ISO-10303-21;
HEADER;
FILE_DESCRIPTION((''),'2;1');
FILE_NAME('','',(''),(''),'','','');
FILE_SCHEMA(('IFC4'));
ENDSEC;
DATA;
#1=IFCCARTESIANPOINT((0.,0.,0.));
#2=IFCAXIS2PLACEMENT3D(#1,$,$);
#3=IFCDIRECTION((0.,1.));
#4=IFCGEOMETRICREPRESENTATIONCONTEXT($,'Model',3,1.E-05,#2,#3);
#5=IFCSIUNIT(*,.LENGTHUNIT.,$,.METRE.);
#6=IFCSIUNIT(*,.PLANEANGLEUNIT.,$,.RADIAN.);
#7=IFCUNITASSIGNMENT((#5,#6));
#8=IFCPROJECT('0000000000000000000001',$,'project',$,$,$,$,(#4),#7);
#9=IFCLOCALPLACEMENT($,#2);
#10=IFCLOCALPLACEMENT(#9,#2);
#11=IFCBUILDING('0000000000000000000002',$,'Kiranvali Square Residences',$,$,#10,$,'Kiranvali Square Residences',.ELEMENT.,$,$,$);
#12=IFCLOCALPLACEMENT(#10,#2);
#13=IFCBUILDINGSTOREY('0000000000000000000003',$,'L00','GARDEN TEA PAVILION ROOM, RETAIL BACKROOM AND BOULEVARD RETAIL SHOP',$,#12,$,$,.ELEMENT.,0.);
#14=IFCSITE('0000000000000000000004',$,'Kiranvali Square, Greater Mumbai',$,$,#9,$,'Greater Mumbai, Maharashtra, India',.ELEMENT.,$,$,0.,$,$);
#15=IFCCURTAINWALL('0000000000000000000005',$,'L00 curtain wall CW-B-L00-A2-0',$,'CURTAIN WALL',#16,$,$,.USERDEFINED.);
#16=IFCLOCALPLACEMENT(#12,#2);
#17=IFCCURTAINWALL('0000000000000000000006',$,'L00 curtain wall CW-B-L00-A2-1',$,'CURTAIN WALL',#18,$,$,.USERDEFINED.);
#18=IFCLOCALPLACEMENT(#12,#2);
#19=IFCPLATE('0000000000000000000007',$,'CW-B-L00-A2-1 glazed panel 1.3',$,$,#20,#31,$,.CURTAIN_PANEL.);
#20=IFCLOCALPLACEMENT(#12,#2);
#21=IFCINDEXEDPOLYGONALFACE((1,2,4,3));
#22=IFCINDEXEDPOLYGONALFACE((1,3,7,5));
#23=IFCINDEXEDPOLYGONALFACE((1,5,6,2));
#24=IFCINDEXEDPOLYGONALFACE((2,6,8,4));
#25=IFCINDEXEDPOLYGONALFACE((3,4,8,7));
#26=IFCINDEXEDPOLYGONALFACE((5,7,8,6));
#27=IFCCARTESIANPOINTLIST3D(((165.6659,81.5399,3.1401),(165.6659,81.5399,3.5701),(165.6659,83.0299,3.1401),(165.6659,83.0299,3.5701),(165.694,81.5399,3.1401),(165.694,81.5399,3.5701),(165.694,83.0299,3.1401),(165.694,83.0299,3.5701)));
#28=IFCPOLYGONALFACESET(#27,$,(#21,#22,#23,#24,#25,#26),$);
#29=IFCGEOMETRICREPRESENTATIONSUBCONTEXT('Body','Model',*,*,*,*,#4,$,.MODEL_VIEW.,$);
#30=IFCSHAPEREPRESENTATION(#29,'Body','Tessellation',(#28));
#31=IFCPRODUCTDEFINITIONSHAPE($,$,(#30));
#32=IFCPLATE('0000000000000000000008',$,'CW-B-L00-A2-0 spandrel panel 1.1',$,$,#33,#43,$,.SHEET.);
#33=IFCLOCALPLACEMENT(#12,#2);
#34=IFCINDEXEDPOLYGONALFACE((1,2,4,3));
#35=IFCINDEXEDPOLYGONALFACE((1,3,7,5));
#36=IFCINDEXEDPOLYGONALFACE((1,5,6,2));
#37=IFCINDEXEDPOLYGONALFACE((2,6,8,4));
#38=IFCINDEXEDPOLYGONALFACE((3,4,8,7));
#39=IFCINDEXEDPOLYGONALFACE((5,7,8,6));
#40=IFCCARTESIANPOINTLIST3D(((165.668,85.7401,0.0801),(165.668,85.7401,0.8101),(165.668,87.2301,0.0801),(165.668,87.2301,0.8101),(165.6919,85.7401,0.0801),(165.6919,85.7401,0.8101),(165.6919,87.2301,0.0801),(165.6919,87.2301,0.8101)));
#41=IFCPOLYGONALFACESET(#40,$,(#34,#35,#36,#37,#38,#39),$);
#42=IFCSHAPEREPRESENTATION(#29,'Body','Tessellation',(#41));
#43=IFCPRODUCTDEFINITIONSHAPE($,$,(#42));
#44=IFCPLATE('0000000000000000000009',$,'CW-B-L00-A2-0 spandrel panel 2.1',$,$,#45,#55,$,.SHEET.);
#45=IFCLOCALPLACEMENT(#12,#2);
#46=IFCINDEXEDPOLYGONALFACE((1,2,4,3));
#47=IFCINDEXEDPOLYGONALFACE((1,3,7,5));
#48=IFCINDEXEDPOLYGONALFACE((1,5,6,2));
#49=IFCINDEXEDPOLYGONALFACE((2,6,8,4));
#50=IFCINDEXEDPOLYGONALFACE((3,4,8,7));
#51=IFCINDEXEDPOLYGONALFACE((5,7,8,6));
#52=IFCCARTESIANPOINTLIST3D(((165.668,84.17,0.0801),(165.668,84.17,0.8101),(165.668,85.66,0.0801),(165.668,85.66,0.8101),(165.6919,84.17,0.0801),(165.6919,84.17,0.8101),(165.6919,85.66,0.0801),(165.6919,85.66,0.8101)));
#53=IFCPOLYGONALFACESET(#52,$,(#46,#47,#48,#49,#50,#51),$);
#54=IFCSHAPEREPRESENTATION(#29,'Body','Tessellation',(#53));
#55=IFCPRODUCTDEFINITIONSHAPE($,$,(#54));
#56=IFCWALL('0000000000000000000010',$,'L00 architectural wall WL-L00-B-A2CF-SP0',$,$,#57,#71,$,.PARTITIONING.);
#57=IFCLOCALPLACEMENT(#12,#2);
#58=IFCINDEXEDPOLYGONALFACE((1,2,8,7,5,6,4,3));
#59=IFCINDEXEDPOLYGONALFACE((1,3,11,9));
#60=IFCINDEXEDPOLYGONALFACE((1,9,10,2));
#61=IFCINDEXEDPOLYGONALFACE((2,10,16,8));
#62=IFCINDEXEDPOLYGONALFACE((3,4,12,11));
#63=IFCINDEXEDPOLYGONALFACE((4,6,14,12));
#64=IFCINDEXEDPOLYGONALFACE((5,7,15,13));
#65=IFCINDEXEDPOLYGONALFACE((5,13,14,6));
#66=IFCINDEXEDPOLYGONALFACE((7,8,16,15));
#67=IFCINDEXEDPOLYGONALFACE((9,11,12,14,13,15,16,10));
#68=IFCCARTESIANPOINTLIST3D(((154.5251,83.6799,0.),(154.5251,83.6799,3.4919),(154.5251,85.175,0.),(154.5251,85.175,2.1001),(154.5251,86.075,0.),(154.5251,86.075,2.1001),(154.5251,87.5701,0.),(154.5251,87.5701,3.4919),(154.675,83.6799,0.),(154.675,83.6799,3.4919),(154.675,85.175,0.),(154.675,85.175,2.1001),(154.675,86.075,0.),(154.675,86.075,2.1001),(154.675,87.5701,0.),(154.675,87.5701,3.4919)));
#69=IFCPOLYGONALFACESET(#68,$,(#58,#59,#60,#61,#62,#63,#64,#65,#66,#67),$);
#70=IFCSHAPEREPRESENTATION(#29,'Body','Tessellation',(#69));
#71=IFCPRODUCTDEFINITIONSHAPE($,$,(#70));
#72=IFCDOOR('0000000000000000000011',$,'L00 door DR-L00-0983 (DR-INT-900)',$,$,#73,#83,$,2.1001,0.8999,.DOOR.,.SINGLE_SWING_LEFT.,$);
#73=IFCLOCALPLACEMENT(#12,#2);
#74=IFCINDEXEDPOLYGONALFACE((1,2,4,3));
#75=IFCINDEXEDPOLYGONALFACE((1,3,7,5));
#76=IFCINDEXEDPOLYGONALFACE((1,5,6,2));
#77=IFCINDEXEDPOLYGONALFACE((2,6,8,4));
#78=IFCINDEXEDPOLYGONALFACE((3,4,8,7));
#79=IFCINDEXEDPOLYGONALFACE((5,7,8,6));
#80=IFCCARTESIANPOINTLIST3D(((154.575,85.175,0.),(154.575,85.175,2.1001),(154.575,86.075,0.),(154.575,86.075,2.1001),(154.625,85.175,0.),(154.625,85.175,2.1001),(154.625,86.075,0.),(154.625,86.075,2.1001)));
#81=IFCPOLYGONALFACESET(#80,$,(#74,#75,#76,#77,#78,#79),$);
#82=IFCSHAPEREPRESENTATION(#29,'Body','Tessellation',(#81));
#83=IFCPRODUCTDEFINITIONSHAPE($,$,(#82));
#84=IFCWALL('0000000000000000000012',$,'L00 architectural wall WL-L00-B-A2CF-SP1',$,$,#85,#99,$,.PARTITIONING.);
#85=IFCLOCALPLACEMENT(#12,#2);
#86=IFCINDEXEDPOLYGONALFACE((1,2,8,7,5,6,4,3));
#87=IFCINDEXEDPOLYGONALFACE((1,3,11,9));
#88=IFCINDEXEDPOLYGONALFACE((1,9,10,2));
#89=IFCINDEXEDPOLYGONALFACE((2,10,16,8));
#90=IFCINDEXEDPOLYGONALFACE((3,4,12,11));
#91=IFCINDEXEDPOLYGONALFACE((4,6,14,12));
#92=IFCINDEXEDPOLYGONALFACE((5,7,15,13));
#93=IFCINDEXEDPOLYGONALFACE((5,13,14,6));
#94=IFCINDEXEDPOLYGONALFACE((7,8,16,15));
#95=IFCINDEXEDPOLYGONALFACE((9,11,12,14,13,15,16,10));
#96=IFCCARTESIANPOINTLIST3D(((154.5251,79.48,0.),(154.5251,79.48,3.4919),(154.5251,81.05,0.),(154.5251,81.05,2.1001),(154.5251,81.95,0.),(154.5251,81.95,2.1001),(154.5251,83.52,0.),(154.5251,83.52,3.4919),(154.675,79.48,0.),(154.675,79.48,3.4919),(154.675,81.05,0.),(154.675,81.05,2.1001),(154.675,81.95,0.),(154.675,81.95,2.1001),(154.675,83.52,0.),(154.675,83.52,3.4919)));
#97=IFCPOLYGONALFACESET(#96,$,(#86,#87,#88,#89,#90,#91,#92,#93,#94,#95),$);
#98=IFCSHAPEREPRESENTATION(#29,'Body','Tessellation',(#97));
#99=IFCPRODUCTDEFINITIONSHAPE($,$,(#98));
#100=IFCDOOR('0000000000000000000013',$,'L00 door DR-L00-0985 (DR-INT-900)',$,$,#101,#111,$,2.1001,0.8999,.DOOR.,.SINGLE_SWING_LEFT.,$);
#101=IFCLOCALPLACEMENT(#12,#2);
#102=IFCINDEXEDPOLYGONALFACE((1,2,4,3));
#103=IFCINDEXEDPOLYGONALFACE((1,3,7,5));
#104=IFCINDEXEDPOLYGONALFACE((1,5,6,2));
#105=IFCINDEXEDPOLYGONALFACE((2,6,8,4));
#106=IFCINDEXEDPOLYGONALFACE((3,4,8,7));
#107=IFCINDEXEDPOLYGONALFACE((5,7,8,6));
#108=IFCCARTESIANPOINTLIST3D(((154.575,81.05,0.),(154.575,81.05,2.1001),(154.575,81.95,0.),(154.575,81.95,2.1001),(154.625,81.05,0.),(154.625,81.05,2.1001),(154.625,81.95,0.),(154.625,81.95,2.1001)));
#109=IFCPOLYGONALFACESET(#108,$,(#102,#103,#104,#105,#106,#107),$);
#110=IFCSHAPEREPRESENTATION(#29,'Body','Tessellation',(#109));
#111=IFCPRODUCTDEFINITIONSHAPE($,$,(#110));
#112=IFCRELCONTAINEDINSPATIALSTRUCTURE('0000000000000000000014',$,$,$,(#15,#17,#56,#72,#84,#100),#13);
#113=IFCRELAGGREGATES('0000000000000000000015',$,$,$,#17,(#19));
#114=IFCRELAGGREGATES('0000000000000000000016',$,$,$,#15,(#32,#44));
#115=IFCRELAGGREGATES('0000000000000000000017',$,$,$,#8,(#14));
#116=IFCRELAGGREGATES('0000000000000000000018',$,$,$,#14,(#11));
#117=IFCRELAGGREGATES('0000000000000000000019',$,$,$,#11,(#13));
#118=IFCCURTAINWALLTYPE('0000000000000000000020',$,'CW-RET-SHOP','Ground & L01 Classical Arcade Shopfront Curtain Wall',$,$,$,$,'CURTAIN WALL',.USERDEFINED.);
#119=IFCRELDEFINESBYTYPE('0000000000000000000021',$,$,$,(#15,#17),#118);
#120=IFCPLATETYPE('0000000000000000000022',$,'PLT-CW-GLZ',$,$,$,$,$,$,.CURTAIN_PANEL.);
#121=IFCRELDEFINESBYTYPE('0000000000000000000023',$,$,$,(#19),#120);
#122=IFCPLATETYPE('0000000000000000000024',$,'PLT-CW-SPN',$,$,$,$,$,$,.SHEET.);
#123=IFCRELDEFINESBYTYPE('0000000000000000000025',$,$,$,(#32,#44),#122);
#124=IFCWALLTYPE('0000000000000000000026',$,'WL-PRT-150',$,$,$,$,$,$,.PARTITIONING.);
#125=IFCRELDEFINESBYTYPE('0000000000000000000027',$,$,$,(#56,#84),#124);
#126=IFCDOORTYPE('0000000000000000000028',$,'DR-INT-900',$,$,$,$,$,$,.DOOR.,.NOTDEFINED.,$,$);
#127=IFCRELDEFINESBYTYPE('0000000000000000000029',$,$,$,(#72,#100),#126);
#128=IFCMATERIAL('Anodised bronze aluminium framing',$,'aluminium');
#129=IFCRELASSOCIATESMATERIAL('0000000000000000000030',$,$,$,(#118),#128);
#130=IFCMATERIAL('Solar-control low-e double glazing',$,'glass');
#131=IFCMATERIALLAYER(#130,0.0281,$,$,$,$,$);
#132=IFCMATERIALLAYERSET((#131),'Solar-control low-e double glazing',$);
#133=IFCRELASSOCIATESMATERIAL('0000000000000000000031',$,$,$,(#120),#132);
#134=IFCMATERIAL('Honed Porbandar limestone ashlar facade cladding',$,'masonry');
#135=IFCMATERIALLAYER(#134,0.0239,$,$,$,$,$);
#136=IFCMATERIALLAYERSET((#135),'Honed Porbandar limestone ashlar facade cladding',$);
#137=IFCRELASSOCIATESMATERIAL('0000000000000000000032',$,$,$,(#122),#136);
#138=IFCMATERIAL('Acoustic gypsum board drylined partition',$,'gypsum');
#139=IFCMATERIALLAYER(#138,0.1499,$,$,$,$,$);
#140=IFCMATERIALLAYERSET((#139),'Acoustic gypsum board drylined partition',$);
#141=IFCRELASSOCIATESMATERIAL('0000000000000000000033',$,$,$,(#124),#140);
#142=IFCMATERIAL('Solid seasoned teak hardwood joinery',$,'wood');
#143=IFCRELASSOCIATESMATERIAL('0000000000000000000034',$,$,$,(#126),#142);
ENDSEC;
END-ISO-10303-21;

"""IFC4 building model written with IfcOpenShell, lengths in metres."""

from ifc_helpers import new_model, si_unit, direction, frame, frame_2d, origin, origin_2d, place, context, subcontext, project, spatial, rectangle, extrude, material, layer, layer_set, type_object, element, fill, aggregate, save


model = new_model("IFC4")

# Units and contexts
model_context = context("Model", 3, precision=1e-05, world=origin(), true_north=direction((0.0, 1.0)))
body_context = subcontext(model_context, "Body", "Model", "MODEL_VIEW")
ifc_project = project(units=[si_unit("LENGTHUNIT", "METRE"), si_unit("PLANEANGLEUNIT", "RADIAN")], contexts=[model_context])

# Site, building, storey
site_placement = place(None, origin())
site = spatial("IfcSite", under=ifc_project, at=site_placement, Name="Kiranvali Square, Greater Mumbai", LongName="Greater Mumbai, Maharashtra, India", CompositionType="ELEMENT", RefElevation=0.0)
building_placement = place(site_placement, origin())
building = spatial("IfcBuilding", under=site, at=building_placement, Name="Kiranvali Square Residences", LongName="Kiranvali Square Residences", CompositionType="ELEMENT")
storey_placement = place(building_placement, origin())
storey = spatial("IfcBuildingStorey", under=building, at=storey_placement, Name="L00", Description="GARDEN TEA PAVILION ROOM, RETAIL BACKROOM AND BOULEVARD RETAIL SHOP", CompositionType="ELEMENT", Elevation=0.0)

# Curtain wall
ifc_material_1 = material(Name="Anodised bronze aluminium framing", Category="aluminium")
curtain_wall_type = type_object("IfcCurtainWallType", Name="CW-RET-SHOP", Description="Ground & L01 Classical Arcade Shopfront Curtain Wall", ElementType="CURTAIN WALL", PredefinedType="USERDEFINED", material=ifc_material_1)
curtain_wall_1_placement = place(storey_placement, origin())
curtain_wall_1 = element("IfcCurtainWall", 1, at=curtain_wall_1_placement, inside=storey, type_object=curtain_wall_type, Name="L00 curtain wall CW-B-L00-A2-0", ObjectType="CURTAIN WALL", PredefinedType="USERDEFINED")

# Curtain wall
curtain_wall_2_placement = place(storey_placement, origin())
curtain_wall_2 = element("IfcCurtainWall", 2, at=curtain_wall_2_placement, inside=storey, type_object=curtain_wall_type, Name="L00 curtain wall CW-B-L00-A2-1", ObjectType="CURTAIN WALL", PredefinedType="USERDEFINED")

# Plates
ifc_material_2 = material(Name="Solar-control low-e double glazing", Category="glass")
ifc_layer_1 = layer(ifc_material_2, 0.0281)
ifc_layer_set_1 = layer_set([ifc_layer_1], Name="Solar-control low-e double glazing")
plate_type_1 = type_object("IfcPlateType", Name="PLT-CW-GLZ", PredefinedType="CURTAIN_PANEL", material=ifc_layer_set_1)
plate_1_placement = place(storey_placement, frame((165.6799, 82.2849, 3.1401), z_axis=(0.0, 0.0, 1.0), x_axis=(0.0, -1.0, 0.0)))
plate_1 = element("IfcPlate", 3, at=plate_1_placement, type_object=plate_type_1, Name="CW-B-L00-A2-1 glazed panel 1.3", PredefinedType="CURTAIN_PANEL", context=body_context, shape_type="SweptSolid", body=[
    extrude(rectangle(XDim=1.49, YDim=0.0281, at=origin_2d()), origin(), (0.0, 0.0, 1.0), 0.4299),
])
aggregate(curtain_wall_2, [plate_1])
ifc_material_3 = material(Name="Honed Porbandar limestone ashlar facade cladding", Category="masonry")
ifc_layer_2 = layer(ifc_material_3, 0.0239)
ifc_layer_set_2 = layer_set([ifc_layer_2], Name="Honed Porbandar limestone ashlar facade cladding")
plate_type_2 = type_object("IfcPlateType", Name="PLT-CW-SPN", PredefinedType="SHEET", material=ifc_layer_set_2)
plate_2_placement = place(storey_placement, frame((165.6799, 86.4851, 0.0801), z_axis=(0.0, 0.0, 1.0), x_axis=(0.0, -1.0, 0.0)))
plate_2 = element("IfcPlate", 4, at=plate_2_placement, type_object=plate_type_2, Name="CW-B-L00-A2-0 spandrel panel 1.1", PredefinedType="SHEET", context=body_context, shape_type="SweptSolid", body=[
    extrude(rectangle(XDim=1.49, YDim=0.0239, at=origin_2d()), origin(), (0.0, 0.0, 1.0), 0.73),
])
plate_3_placement = place(storey_placement, frame((165.6799, 84.915, 0.0801), z_axis=(0.0, 0.0, 1.0), x_axis=(0.0, -1.0, 0.0)))
plate_3 = element("IfcPlate", 5, at=plate_3_placement, type_object=plate_type_2, Name="CW-B-L00-A2-0 spandrel panel 2.1", PredefinedType="SHEET", context=body_context, shape_type="SweptSolid", body=[
    extrude(rectangle(XDim=1.49, YDim=0.0239, at=origin_2d()), origin(), (0.0, 0.0, 1.0), 0.73),
])
aggregate(curtain_wall_1, [plate_2, plate_3])

# Walls, openings, doors
ifc_material_4 = material(Name="Acoustic gypsum board drylined partition", Category="gypsum")
ifc_layer_3 = layer(ifc_material_4, 0.1499)
ifc_layer_set_3 = layer_set([ifc_layer_3], Name="Acoustic gypsum board drylined partition")
wall_type = type_object("IfcWallType", Name="WL-PRT-150", PredefinedType="PARTITIONING", material=ifc_layer_set_3)
wall_1_placement = place(storey_placement, frame((154.6001, 87.5701, 0.0), z_axis=(0.0, 0.0, 1.0), x_axis=(0.0, -1.0, 0.0)))
wall_1 = element("IfcWall", 6, at=wall_1_placement, inside=storey, type_object=wall_type, Name="L00 architectural wall WL-L00-B-A2CF-SP0", PredefinedType="PARTITIONING", context=body_context, shape_type="SweptSolid", body=[
    extrude(rectangle(XDim=3.8901, YDim=0.1499, at=frame_2d((1.9451, 0.0))), origin(), (0.0, 0.0, 1.0), 3.4919),
])
opening_1_placement = place(wall_1_placement, frame((1.4951, 0.0, 0.0)))
opening_1 = element("IfcOpeningElement", 7, at=opening_1_placement, cuts=wall_1, PredefinedType="OPENING", context=body_context, shape_type="SweptSolid", body=[
    extrude(rectangle(XDim=0.8999, YDim=2.1001, at=frame_2d((0.45, 1.05))), frame((0.0, 0.085, 0.0), z_axis=(0.0, -1.0, 0.0), x_axis=(1.0, 0.0, 0.0)), (0.0, 0.0, 1.0), 0.1699),
])
ifc_material_5 = material(Name="Solid seasoned teak hardwood joinery", Category="wood")
door_type = type_object("IfcDoorType", Name="DR-INT-900", OperationType="NOTDEFINED", PredefinedType="DOOR", material=ifc_material_5)
door_1_placement = place(opening_1_placement, origin())
door_1 = element("IfcDoor", 8, at=door_1_placement, inside=storey, type_object=door_type, Name="L00 door DR-L00-0983 (DR-INT-900)", OperationType="SINGLE_SWING_LEFT", OverallHeight=2.1001, OverallWidth=0.8999, PredefinedType="DOOR", context=body_context, shape_type="SweptSolid", body=[
    extrude(rectangle(XDim=0.8999, YDim=2.1001, at=frame_2d((0.45, 1.05))), frame((0.0, 0.0249, 0.0), z_axis=(0.0, -1.0, 0.0), x_axis=(1.0, 0.0, 0.0)), (0.0, 0.0, 1.0), 0.05),
])
fill(opening_1, door_1)
wall_2_placement = place(storey_placement, frame((154.6001, 83.52, 0.0), z_axis=(0.0, 0.0, 1.0), x_axis=(0.0, -1.0, 0.0)))
wall_2 = element("IfcWall", 9, at=wall_2_placement, inside=storey, type_object=wall_type, Name="L00 architectural wall WL-L00-B-A2CF-SP1", PredefinedType="PARTITIONING", context=body_context, shape_type="SweptSolid", body=[
    extrude(rectangle(XDim=4.04, YDim=0.1499, at=frame_2d((2.02, 0.0))), origin(), (0.0, 0.0, 1.0), 3.4919),
])
opening_2_placement = place(wall_2_placement, frame((1.5701, 0.0, 0.0)))
opening_2 = element("IfcOpeningElement", 10, at=opening_2_placement, cuts=wall_2, PredefinedType="OPENING", context=body_context, shape_type="SweptSolid", body=[
    extrude(rectangle(XDim=0.8999, YDim=2.1001, at=frame_2d((0.45, 1.05))), frame((0.0, 0.085, 0.0), z_axis=(0.0, -1.0, 0.0), x_axis=(1.0, 0.0, 0.0)), (0.0, 0.0, 1.0), 0.1699),
])
door_2_placement = place(opening_2_placement, origin())
door_2 = element("IfcDoor", 11, at=door_2_placement, inside=storey, type_object=door_type, Name="L00 door DR-L00-0985 (DR-INT-900)", OperationType="SINGLE_SWING_LEFT", OverallHeight=2.1001, OverallWidth=0.8999, PredefinedType="DOOR", context=body_context, shape_type="SweptSolid", body=[
    extrude(rectangle(XDim=0.8999, YDim=2.1001, at=frame_2d((0.45, 1.05))), frame((0.0, 0.0249, 0.0), z_axis=(0.0, -1.0, 0.0), x_axis=(1.0, 0.0, 0.0)), (0.0, 0.0, 1.0), 0.05),
])
fill(opening_2, door_2)

save(model, "model.ifc")
